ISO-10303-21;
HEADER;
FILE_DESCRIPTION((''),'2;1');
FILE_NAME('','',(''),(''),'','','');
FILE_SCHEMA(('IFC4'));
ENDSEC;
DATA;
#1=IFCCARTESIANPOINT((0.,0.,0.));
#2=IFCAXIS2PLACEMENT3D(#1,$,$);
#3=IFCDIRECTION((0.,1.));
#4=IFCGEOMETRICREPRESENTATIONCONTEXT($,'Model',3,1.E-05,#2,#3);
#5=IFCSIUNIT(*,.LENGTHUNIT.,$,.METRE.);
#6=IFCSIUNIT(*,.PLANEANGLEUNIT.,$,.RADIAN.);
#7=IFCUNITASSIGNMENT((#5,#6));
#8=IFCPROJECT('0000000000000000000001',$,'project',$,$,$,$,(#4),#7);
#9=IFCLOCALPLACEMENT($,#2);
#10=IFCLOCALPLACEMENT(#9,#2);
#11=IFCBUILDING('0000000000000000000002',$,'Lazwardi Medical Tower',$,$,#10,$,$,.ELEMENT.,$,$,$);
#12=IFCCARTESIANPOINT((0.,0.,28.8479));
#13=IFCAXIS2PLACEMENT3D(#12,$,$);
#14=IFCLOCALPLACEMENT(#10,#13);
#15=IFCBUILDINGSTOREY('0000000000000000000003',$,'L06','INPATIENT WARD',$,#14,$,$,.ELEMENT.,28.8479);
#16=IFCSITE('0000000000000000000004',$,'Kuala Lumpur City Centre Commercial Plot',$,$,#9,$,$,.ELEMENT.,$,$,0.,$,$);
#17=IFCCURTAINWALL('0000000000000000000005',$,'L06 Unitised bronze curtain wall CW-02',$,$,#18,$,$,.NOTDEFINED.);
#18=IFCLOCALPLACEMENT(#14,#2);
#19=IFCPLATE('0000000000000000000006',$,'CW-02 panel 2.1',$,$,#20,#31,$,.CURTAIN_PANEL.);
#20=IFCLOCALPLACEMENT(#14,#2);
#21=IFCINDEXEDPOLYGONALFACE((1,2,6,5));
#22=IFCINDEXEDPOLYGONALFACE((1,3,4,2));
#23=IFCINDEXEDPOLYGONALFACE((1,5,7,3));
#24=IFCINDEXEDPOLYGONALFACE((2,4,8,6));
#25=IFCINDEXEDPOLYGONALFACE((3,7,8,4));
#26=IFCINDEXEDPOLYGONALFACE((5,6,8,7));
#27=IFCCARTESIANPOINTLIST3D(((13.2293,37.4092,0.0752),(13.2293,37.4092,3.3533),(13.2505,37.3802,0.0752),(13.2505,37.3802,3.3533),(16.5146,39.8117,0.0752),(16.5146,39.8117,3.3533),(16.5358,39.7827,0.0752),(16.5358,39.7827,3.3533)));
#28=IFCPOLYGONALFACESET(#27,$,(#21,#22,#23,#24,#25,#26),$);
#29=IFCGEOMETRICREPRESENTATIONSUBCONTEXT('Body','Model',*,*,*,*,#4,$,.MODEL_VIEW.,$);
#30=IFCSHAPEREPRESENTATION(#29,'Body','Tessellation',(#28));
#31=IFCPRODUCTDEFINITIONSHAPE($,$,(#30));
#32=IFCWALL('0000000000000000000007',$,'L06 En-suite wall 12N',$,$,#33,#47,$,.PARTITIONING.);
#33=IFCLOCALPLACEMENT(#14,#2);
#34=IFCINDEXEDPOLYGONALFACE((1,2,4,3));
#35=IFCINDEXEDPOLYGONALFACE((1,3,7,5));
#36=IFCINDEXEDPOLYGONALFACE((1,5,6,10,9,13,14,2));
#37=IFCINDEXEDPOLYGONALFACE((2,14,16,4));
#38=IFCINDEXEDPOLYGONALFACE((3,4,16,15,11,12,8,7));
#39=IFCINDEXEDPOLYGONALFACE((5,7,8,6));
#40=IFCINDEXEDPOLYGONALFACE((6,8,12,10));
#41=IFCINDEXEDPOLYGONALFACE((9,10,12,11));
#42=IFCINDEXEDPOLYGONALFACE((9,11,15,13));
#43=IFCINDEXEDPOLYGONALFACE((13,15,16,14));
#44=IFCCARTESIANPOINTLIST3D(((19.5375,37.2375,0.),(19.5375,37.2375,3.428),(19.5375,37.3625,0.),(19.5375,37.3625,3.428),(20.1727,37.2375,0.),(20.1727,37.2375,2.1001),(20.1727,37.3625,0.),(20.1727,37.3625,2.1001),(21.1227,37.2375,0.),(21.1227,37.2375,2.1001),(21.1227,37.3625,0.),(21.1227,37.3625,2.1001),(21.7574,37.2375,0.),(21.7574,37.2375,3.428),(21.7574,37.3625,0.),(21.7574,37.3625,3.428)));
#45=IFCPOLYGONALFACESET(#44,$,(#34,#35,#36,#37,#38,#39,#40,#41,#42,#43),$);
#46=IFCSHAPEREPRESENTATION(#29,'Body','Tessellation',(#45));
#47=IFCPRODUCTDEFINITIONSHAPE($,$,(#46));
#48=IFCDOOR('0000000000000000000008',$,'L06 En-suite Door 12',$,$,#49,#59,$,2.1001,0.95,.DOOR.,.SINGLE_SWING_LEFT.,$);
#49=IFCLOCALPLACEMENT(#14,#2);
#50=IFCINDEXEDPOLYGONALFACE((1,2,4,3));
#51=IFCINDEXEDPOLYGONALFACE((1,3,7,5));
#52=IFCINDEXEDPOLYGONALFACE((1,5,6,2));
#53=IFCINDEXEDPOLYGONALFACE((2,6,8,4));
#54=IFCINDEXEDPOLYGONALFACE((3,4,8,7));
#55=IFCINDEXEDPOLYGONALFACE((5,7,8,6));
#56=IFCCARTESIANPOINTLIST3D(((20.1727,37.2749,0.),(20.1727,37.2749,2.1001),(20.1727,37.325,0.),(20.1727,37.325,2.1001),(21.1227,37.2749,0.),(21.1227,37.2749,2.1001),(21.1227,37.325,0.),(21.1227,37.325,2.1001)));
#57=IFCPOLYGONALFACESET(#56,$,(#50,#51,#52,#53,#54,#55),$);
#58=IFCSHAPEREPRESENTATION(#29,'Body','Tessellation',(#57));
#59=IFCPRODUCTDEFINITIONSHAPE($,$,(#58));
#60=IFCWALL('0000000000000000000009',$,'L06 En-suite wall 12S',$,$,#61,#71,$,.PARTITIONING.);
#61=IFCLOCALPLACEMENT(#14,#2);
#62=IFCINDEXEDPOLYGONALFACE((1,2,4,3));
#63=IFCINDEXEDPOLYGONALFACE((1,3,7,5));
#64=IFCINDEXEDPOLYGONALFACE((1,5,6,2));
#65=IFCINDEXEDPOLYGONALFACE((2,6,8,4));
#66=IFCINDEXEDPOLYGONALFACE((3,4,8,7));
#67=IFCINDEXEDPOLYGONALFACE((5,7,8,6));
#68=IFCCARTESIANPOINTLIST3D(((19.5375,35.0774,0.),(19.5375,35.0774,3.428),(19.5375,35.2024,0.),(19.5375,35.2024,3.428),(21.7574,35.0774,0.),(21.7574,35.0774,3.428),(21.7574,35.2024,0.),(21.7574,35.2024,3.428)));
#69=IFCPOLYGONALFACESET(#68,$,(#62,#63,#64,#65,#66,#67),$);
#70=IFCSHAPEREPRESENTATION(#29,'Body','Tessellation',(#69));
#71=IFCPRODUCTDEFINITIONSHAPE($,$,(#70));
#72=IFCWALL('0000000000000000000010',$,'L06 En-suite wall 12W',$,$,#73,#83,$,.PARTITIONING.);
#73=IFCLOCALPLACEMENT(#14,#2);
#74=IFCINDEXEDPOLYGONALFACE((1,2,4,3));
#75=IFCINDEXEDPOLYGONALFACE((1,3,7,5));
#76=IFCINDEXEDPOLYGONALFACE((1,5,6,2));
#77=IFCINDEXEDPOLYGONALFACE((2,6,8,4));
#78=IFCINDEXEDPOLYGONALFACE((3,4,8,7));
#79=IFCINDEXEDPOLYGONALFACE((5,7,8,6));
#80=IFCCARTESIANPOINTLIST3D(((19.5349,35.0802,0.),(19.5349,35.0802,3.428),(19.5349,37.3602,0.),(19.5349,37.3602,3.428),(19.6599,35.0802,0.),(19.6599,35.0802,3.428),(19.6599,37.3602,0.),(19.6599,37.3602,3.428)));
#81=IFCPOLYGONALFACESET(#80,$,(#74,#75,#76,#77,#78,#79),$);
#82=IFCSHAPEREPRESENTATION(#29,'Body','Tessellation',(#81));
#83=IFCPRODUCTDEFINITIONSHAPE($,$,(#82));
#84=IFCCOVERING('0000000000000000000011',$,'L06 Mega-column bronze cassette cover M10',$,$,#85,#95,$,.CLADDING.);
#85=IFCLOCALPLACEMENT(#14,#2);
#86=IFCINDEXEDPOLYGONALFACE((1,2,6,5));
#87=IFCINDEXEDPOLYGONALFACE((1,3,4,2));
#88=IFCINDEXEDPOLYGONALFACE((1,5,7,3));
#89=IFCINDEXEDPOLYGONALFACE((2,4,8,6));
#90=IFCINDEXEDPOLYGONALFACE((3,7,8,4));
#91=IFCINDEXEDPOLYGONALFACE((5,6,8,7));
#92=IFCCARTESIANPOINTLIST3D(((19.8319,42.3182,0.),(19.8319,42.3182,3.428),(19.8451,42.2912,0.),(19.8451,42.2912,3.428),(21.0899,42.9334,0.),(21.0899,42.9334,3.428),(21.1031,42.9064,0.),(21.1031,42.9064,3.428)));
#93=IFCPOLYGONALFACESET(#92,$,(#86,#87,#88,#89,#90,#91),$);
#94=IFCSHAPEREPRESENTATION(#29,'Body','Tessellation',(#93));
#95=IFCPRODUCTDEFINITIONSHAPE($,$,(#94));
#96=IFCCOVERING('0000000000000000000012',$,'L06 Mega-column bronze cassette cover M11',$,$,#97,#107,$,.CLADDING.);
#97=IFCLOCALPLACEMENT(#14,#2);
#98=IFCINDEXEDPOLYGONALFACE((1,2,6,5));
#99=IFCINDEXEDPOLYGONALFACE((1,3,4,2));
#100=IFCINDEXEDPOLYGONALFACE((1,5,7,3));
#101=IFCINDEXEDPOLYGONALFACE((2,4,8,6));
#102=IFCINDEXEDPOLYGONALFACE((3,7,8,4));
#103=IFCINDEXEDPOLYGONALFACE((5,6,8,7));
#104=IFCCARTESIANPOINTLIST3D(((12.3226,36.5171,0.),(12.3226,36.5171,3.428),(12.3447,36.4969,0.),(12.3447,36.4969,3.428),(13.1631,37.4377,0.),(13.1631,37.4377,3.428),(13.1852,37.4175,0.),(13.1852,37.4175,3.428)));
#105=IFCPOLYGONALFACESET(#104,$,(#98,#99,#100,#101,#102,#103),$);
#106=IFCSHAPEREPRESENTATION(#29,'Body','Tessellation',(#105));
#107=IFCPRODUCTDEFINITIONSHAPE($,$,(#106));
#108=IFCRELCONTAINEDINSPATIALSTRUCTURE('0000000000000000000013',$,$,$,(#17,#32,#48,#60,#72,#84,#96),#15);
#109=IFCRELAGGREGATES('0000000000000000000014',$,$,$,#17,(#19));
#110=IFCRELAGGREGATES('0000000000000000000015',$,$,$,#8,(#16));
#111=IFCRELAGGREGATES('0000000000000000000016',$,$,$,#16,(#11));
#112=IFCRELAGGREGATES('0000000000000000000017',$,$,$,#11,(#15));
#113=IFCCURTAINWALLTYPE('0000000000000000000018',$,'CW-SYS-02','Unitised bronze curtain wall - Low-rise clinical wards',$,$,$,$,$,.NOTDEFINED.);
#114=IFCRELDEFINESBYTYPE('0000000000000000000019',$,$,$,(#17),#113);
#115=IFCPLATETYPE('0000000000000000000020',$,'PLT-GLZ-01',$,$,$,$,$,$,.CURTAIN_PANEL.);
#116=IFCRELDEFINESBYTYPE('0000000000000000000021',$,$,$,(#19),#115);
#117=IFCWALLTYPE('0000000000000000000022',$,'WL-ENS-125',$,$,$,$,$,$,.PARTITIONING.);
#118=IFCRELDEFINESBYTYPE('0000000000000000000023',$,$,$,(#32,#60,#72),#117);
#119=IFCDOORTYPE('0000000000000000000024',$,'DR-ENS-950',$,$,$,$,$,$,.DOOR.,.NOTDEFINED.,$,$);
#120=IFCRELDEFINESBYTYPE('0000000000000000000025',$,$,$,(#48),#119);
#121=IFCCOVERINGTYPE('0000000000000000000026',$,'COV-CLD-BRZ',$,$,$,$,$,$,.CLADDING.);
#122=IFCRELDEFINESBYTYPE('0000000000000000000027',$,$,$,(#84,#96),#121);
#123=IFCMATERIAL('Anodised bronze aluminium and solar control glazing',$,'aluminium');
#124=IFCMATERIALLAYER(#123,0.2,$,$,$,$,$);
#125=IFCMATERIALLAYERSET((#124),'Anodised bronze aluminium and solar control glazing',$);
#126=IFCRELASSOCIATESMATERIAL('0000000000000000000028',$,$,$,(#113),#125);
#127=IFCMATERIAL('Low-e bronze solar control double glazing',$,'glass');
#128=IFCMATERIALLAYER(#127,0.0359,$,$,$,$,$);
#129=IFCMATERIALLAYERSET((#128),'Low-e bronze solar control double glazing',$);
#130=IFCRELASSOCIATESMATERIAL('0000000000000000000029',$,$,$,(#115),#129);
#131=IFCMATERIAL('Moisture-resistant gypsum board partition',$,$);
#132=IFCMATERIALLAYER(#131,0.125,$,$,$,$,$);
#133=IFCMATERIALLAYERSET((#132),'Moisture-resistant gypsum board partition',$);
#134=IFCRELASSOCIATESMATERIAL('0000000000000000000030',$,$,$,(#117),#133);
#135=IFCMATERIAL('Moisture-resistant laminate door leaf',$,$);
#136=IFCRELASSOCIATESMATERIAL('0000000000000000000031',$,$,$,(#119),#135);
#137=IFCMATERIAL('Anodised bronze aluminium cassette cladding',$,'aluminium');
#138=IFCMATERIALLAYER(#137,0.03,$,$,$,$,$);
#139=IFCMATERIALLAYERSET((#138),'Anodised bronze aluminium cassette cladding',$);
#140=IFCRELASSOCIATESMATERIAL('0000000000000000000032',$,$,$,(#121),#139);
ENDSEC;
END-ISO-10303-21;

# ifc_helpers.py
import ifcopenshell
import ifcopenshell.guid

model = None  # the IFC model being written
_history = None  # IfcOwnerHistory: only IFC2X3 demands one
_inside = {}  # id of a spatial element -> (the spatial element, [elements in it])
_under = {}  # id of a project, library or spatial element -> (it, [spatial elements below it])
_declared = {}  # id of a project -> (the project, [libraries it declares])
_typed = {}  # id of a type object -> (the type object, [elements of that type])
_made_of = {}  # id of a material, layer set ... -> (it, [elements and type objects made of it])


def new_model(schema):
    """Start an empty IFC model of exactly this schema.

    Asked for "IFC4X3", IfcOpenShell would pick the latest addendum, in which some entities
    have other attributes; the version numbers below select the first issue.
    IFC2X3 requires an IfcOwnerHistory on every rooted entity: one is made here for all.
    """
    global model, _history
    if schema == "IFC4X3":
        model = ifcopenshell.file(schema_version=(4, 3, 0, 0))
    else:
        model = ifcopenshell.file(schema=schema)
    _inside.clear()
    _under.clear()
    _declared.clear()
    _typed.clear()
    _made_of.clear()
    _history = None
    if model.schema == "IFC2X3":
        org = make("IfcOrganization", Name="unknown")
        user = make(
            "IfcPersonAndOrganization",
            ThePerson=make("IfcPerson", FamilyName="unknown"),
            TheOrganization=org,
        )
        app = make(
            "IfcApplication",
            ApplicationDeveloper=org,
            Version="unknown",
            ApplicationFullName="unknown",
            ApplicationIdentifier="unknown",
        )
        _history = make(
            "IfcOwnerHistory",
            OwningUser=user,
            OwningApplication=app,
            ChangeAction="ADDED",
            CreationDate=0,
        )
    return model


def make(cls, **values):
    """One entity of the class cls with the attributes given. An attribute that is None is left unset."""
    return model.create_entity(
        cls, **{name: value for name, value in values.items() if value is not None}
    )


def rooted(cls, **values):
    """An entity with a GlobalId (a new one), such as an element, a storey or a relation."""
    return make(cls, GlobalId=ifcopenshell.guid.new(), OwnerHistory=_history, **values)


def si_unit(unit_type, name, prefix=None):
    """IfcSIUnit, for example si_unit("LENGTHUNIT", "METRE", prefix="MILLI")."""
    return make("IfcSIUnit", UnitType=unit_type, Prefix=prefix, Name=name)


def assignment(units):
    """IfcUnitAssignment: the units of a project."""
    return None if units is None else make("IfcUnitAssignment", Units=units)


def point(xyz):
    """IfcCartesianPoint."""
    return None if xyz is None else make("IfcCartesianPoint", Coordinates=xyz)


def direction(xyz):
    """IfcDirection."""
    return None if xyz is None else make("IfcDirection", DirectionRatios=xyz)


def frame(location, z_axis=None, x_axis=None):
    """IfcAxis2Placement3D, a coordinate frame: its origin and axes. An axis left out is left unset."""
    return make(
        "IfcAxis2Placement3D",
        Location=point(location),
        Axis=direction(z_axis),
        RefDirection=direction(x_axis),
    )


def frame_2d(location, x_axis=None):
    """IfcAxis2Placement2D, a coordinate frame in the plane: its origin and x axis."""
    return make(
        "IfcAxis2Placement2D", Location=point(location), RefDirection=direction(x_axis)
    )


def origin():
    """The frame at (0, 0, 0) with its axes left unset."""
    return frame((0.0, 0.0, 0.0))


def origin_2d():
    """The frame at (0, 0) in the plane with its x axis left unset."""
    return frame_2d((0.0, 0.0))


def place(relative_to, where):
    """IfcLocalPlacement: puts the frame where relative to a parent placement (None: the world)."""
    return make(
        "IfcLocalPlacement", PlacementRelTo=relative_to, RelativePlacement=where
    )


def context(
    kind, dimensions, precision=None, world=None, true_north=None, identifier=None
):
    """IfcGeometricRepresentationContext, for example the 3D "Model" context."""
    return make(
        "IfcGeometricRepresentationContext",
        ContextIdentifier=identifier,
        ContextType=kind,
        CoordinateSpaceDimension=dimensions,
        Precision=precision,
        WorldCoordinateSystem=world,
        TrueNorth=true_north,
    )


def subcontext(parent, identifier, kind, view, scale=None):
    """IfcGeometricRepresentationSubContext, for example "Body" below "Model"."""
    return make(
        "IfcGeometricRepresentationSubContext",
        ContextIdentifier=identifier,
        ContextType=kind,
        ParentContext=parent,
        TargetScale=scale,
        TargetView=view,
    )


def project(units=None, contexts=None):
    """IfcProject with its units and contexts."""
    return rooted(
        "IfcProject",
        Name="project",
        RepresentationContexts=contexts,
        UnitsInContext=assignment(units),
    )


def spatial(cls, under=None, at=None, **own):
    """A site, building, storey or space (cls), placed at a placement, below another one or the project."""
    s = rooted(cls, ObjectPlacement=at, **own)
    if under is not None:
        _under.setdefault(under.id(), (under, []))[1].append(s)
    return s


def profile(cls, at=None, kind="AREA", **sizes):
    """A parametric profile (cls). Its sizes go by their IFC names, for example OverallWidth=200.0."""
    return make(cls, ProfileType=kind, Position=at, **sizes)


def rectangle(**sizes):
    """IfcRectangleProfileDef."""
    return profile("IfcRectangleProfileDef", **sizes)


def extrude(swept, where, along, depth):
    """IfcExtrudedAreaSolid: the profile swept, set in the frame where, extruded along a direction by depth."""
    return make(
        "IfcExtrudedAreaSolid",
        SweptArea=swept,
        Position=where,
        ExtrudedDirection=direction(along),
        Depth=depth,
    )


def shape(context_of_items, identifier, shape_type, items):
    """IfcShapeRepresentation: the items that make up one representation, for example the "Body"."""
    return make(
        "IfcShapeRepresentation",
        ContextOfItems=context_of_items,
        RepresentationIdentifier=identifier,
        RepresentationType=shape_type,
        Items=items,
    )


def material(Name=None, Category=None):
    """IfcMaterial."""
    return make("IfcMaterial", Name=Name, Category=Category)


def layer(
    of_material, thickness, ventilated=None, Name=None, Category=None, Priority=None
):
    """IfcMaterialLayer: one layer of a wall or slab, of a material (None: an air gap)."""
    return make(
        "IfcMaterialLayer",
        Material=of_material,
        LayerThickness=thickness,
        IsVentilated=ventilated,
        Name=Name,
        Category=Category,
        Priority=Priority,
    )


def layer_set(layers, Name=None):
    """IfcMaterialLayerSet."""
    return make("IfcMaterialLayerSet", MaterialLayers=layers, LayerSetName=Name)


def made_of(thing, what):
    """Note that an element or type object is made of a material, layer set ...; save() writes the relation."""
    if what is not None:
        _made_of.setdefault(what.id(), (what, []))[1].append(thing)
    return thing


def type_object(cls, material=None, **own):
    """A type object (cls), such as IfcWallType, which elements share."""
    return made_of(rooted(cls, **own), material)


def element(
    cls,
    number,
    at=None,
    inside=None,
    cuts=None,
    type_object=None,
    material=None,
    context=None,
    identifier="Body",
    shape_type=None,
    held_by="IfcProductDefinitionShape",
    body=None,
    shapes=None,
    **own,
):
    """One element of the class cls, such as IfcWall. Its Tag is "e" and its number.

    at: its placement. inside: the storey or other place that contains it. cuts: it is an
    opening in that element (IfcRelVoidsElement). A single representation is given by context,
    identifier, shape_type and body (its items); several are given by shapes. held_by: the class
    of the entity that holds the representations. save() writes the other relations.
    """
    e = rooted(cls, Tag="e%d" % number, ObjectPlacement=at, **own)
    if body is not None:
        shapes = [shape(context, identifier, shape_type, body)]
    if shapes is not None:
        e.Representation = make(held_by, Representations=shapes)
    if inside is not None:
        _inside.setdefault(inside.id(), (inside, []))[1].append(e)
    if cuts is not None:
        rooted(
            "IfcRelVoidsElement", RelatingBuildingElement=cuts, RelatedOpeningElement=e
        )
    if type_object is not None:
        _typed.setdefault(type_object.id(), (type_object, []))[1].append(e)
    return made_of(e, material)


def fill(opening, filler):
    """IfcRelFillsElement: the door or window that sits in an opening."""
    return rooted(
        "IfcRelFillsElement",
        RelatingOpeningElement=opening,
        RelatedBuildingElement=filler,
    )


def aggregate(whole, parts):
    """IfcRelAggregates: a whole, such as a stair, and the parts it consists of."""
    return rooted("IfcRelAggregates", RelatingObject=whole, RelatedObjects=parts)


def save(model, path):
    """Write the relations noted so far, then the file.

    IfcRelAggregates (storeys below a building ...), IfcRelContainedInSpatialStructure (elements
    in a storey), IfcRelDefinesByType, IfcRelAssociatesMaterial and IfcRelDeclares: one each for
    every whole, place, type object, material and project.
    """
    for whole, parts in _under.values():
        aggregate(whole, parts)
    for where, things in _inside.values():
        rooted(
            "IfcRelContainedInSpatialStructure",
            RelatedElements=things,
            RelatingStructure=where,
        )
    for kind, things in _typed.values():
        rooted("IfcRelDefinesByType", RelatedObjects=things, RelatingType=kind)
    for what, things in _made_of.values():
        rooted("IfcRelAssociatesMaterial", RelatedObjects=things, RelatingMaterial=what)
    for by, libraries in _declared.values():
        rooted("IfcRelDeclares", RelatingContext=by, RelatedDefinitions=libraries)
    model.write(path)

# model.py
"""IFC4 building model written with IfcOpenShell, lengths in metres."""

from ifc_helpers import new_model, si_unit, direction, frame, frame_2d, origin, origin_2d, place, context, subcontext, project, spatial, rectangle, extrude, material, layer, layer_set, type_object, element, fill, aggregate, save


model = new_model("IFC4")

# Units and contexts
model_context = context("Model", 3, precision=1e-05, world=origin(), true_north=direction((0.0, 1.0)))
body_context = subcontext(model_context, "Body", "Model", "MODEL_VIEW")
ifc_project = project(units=[si_unit("LENGTHUNIT", "METRE"), si_unit("PLANEANGLEUNIT", "RADIAN")], contexts=[model_context])

# Site, building, storey
site_placement = place(None, origin())
site = spatial("IfcSite", under=ifc_project, at=site_placement, Name="Kuala Lumpur City Centre Commercial Plot", CompositionType="ELEMENT", RefElevation=0.0)
building_placement = place(site_placement, origin())
building = spatial("IfcBuilding", under=site, at=building_placement, Name="Lazwardi Medical Tower", CompositionType="ELEMENT")
storey_placement = place(building_placement, frame((0.0, 0.0, 28.8479)))
storey = spatial("IfcBuildingStorey", under=building, at=storey_placement, Name="L06", Description="INPATIENT WARD", CompositionType="ELEMENT", Elevation=28.8479)

# Shared definitions
ifc_material_1 = material(Name="Anodised bronze aluminium and solar control glazing", Category="aluminium")
ifc_layer_1 = layer(ifc_material_1, 0.2)
ifc_layer_set_1 = layer_set([ifc_layer_1], Name="Anodised bronze aluminium and solar control glazing")
curtain_wall_type = type_object("IfcCurtainWallType", Name="CW-SYS-02", Description="Unitised bronze curtain wall - Low-rise clinical wards", PredefinedType="NOTDEFINED", material=ifc_layer_set_1)

# Curtain wall
curtain_wall_1_placement = place(storey_placement, origin())
curtain_wall_1 = element("IfcCurtainWall", 1, at=curtain_wall_1_placement, inside=storey, type_object=curtain_wall_type, Name="L06 Unitised bronze curtain wall CW-02", PredefinedType="NOTDEFINED")

# Plate
ifc_material_2 = material(Name="Low-e bronze solar control double glazing", Category="glass")
ifc_layer_2 = layer(ifc_material_2, 0.0359)
ifc_layer_set_2 = layer_set([ifc_layer_2], Name="Low-e bronze solar control double glazing")
plate_type = type_object("IfcPlateType", Name="PLT-GLZ-01", PredefinedType="CURTAIN_PANEL", material=ifc_layer_set_2)
plate_1_placement = place(storey_placement, frame((14.8826, 38.5959, 0.0752), z_axis=(0.0, 0.0, 1.0), x_axis=(-0.807192, -0.590289, 0.0)))
plate_1 = element("IfcPlate", 2, at=plate_1_placement, type_object=plate_type, Name="CW-02 panel 2.1", PredefinedType="CURTAIN_PANEL", context=body_context, shape_type="SweptSolid", body=[
    extrude(rectangle(XDim=4.0701, YDim=0.0359, at=origin_2d()), origin(), (0.0, 0.0, 1.0), 3.2781),
])
aggregate(curtain_wall_1, [plate_1])

# Wall, opening, door
ifc_material_3 = material(Name="Moisture-resistant gypsum board partition")
ifc_layer_3 = layer(ifc_material_3, 0.125)
ifc_layer_set_3 = layer_set([ifc_layer_3], Name="Moisture-resistant gypsum board partition")
wall_type = type_object("IfcWallType", Name="WL-ENS-125", PredefinedType="PARTITIONING", material=ifc_layer_set_3)
wall_1_placement = place(storey_placement, frame((19.5376, 37.3, 0.0), z_axis=(0.0, 0.0, 1.0), x_axis=(1.0, 0.0, 0.0)))
wall_1 = element("IfcWall", 3, at=wall_1_placement, inside=storey, type_object=wall_type, Name="L06 En-suite wall 12N", PredefinedType="PARTITIONING", context=body_context, shape_type="SweptSolid", body=[
    extrude(rectangle(XDim=2.22, YDim=0.125, at=frame_2d((1.1099, 0.0))), origin(), (0.0, 0.0, 1.0), 3.428),
])
opening_placement = place(wall_1_placement, frame((0.635, 0.0, 0.0)))
opening = element("IfcOpeningElement", 4, at=opening_placement, cuts=wall_1, PredefinedType="OPENING", context=body_context, shape_type="SweptSolid", body=[
    extrude(rectangle(XDim=0.95, YDim=2.1001, at=frame_2d((0.4751, 1.05))), frame((0.0, 0.0725, 0.0), z_axis=(0.0, -1.0, 0.0), x_axis=(1.0, 0.0, 0.0)), (0.0, 0.0, 1.0), 0.145),
])
ifc_material_4 = material(Name="Moisture-resistant laminate door leaf")
door_type = type_object("IfcDoorType", Name="DR-ENS-950", OperationType="NOTDEFINED", PredefinedType="DOOR", material=ifc_material_4)
door_placement = place(opening_placement, origin())
door = element("IfcDoor", 5, at=door_placement, inside=storey, type_object=door_type, Name="L06 En-suite Door 12", OperationType="SINGLE_SWING_LEFT", OverallHeight=2.1001, OverallWidth=0.95, PredefinedType="DOOR", context=body_context, shape_type="SweptSolid", body=[
    extrude(rectangle(XDim=0.95, YDim=2.1001, at=frame_2d((0.4751, 1.05))), frame((0.0, 0.0249, 0.0), z_axis=(0.0, -1.0, 0.0), x_axis=(1.0, 0.0, 0.0)), (0.0, 0.0, 1.0), 0.05),
])
fill(opening, door)

# Walls
wall_2_placement = place(storey_placement, frame((19.5376, 35.1399, 0.0), z_axis=(0.0, 0.0, 1.0), x_axis=(1.0, 0.0, 0.0)))
element("IfcWall", 6, at=wall_2_placement, inside=storey, type_object=wall_type, Name="L06 En-suite wall 12S", PredefinedType="PARTITIONING", context=body_context, shape_type="SweptSolid", body=[
    extrude(rectangle(XDim=2.22, YDim=0.125, at=frame_2d((1.1099, 0.0))), origin(), (0.0, 0.0, 1.0), 3.428),
])
wall_3_placement = place(storey_placement, frame((19.5974, 35.0801, 0.0), z_axis=(0.0, 0.0, 1.0), x_axis=(0.0, 1.0, 0.0)))
element("IfcWall", 7, at=wall_3_placement, inside=storey, type_object=wall_type, Name="L06 En-suite wall 12W", PredefinedType="PARTITIONING", context=body_context, shape_type="SweptSolid", body=[
    extrude(rectangle(XDim=2.28, YDim=0.125, at=frame_2d((1.1401, 0.0))), origin(), (0.0, 0.0, 1.0), 3.428),
])

# Coverings
ifc_material_5 = material(Name="Anodised bronze aluminium cassette cladding", Category="aluminium")
ifc_layer_4 = layer(ifc_material_5, 0.03)
ifc_layer_set_4 = layer_set([ifc_layer_4], Name="Anodised bronze aluminium cassette cladding")
covering_type = type_object("IfcCoveringType", Name="COV-CLD-BRZ", PredefinedType="CLADDING", material=ifc_layer_set_4)
covering_1_placement = place(storey_placement, frame((20.4675, 42.6123, 0.0), z_axis=(0.0, 0.0, 1.0), x_axis=(-0.898334, -0.439312, 0.0)))
element("IfcCovering", 8, at=covering_1_placement, inside=storey, type_object=covering_type, Name="L06 Mega-column bronze cassette cover M10", PredefinedType="CLADDING", context=body_context, shape_type="SweptSolid", body=[
    extrude(rectangle(XDim=1.4004, YDim=0.03, at=origin_2d()), origin(), (0.0, 0.0, 1.0), 3.428),
])
covering_2_placement = place(storey_placement, frame((12.7539, 36.9673, 0.0), z_axis=(0.0, 0.0, 1.0), x_axis=(-0.674252, -0.738501, 0.0)))
element("IfcCovering", 9, at=covering_2_placement, inside=storey, type_object=covering_type, Name="L06 Mega-column bronze cassette cover M11", PredefinedType="CLADDING", context=body_context, shape_type="SweptSolid", body=[
    extrude(rectangle(XDim=1.2466, YDim=0.03, at=origin_2d()), origin(), (0.0, 0.0, 1.0), 3.428),
])

save(model, "model.ifc")
